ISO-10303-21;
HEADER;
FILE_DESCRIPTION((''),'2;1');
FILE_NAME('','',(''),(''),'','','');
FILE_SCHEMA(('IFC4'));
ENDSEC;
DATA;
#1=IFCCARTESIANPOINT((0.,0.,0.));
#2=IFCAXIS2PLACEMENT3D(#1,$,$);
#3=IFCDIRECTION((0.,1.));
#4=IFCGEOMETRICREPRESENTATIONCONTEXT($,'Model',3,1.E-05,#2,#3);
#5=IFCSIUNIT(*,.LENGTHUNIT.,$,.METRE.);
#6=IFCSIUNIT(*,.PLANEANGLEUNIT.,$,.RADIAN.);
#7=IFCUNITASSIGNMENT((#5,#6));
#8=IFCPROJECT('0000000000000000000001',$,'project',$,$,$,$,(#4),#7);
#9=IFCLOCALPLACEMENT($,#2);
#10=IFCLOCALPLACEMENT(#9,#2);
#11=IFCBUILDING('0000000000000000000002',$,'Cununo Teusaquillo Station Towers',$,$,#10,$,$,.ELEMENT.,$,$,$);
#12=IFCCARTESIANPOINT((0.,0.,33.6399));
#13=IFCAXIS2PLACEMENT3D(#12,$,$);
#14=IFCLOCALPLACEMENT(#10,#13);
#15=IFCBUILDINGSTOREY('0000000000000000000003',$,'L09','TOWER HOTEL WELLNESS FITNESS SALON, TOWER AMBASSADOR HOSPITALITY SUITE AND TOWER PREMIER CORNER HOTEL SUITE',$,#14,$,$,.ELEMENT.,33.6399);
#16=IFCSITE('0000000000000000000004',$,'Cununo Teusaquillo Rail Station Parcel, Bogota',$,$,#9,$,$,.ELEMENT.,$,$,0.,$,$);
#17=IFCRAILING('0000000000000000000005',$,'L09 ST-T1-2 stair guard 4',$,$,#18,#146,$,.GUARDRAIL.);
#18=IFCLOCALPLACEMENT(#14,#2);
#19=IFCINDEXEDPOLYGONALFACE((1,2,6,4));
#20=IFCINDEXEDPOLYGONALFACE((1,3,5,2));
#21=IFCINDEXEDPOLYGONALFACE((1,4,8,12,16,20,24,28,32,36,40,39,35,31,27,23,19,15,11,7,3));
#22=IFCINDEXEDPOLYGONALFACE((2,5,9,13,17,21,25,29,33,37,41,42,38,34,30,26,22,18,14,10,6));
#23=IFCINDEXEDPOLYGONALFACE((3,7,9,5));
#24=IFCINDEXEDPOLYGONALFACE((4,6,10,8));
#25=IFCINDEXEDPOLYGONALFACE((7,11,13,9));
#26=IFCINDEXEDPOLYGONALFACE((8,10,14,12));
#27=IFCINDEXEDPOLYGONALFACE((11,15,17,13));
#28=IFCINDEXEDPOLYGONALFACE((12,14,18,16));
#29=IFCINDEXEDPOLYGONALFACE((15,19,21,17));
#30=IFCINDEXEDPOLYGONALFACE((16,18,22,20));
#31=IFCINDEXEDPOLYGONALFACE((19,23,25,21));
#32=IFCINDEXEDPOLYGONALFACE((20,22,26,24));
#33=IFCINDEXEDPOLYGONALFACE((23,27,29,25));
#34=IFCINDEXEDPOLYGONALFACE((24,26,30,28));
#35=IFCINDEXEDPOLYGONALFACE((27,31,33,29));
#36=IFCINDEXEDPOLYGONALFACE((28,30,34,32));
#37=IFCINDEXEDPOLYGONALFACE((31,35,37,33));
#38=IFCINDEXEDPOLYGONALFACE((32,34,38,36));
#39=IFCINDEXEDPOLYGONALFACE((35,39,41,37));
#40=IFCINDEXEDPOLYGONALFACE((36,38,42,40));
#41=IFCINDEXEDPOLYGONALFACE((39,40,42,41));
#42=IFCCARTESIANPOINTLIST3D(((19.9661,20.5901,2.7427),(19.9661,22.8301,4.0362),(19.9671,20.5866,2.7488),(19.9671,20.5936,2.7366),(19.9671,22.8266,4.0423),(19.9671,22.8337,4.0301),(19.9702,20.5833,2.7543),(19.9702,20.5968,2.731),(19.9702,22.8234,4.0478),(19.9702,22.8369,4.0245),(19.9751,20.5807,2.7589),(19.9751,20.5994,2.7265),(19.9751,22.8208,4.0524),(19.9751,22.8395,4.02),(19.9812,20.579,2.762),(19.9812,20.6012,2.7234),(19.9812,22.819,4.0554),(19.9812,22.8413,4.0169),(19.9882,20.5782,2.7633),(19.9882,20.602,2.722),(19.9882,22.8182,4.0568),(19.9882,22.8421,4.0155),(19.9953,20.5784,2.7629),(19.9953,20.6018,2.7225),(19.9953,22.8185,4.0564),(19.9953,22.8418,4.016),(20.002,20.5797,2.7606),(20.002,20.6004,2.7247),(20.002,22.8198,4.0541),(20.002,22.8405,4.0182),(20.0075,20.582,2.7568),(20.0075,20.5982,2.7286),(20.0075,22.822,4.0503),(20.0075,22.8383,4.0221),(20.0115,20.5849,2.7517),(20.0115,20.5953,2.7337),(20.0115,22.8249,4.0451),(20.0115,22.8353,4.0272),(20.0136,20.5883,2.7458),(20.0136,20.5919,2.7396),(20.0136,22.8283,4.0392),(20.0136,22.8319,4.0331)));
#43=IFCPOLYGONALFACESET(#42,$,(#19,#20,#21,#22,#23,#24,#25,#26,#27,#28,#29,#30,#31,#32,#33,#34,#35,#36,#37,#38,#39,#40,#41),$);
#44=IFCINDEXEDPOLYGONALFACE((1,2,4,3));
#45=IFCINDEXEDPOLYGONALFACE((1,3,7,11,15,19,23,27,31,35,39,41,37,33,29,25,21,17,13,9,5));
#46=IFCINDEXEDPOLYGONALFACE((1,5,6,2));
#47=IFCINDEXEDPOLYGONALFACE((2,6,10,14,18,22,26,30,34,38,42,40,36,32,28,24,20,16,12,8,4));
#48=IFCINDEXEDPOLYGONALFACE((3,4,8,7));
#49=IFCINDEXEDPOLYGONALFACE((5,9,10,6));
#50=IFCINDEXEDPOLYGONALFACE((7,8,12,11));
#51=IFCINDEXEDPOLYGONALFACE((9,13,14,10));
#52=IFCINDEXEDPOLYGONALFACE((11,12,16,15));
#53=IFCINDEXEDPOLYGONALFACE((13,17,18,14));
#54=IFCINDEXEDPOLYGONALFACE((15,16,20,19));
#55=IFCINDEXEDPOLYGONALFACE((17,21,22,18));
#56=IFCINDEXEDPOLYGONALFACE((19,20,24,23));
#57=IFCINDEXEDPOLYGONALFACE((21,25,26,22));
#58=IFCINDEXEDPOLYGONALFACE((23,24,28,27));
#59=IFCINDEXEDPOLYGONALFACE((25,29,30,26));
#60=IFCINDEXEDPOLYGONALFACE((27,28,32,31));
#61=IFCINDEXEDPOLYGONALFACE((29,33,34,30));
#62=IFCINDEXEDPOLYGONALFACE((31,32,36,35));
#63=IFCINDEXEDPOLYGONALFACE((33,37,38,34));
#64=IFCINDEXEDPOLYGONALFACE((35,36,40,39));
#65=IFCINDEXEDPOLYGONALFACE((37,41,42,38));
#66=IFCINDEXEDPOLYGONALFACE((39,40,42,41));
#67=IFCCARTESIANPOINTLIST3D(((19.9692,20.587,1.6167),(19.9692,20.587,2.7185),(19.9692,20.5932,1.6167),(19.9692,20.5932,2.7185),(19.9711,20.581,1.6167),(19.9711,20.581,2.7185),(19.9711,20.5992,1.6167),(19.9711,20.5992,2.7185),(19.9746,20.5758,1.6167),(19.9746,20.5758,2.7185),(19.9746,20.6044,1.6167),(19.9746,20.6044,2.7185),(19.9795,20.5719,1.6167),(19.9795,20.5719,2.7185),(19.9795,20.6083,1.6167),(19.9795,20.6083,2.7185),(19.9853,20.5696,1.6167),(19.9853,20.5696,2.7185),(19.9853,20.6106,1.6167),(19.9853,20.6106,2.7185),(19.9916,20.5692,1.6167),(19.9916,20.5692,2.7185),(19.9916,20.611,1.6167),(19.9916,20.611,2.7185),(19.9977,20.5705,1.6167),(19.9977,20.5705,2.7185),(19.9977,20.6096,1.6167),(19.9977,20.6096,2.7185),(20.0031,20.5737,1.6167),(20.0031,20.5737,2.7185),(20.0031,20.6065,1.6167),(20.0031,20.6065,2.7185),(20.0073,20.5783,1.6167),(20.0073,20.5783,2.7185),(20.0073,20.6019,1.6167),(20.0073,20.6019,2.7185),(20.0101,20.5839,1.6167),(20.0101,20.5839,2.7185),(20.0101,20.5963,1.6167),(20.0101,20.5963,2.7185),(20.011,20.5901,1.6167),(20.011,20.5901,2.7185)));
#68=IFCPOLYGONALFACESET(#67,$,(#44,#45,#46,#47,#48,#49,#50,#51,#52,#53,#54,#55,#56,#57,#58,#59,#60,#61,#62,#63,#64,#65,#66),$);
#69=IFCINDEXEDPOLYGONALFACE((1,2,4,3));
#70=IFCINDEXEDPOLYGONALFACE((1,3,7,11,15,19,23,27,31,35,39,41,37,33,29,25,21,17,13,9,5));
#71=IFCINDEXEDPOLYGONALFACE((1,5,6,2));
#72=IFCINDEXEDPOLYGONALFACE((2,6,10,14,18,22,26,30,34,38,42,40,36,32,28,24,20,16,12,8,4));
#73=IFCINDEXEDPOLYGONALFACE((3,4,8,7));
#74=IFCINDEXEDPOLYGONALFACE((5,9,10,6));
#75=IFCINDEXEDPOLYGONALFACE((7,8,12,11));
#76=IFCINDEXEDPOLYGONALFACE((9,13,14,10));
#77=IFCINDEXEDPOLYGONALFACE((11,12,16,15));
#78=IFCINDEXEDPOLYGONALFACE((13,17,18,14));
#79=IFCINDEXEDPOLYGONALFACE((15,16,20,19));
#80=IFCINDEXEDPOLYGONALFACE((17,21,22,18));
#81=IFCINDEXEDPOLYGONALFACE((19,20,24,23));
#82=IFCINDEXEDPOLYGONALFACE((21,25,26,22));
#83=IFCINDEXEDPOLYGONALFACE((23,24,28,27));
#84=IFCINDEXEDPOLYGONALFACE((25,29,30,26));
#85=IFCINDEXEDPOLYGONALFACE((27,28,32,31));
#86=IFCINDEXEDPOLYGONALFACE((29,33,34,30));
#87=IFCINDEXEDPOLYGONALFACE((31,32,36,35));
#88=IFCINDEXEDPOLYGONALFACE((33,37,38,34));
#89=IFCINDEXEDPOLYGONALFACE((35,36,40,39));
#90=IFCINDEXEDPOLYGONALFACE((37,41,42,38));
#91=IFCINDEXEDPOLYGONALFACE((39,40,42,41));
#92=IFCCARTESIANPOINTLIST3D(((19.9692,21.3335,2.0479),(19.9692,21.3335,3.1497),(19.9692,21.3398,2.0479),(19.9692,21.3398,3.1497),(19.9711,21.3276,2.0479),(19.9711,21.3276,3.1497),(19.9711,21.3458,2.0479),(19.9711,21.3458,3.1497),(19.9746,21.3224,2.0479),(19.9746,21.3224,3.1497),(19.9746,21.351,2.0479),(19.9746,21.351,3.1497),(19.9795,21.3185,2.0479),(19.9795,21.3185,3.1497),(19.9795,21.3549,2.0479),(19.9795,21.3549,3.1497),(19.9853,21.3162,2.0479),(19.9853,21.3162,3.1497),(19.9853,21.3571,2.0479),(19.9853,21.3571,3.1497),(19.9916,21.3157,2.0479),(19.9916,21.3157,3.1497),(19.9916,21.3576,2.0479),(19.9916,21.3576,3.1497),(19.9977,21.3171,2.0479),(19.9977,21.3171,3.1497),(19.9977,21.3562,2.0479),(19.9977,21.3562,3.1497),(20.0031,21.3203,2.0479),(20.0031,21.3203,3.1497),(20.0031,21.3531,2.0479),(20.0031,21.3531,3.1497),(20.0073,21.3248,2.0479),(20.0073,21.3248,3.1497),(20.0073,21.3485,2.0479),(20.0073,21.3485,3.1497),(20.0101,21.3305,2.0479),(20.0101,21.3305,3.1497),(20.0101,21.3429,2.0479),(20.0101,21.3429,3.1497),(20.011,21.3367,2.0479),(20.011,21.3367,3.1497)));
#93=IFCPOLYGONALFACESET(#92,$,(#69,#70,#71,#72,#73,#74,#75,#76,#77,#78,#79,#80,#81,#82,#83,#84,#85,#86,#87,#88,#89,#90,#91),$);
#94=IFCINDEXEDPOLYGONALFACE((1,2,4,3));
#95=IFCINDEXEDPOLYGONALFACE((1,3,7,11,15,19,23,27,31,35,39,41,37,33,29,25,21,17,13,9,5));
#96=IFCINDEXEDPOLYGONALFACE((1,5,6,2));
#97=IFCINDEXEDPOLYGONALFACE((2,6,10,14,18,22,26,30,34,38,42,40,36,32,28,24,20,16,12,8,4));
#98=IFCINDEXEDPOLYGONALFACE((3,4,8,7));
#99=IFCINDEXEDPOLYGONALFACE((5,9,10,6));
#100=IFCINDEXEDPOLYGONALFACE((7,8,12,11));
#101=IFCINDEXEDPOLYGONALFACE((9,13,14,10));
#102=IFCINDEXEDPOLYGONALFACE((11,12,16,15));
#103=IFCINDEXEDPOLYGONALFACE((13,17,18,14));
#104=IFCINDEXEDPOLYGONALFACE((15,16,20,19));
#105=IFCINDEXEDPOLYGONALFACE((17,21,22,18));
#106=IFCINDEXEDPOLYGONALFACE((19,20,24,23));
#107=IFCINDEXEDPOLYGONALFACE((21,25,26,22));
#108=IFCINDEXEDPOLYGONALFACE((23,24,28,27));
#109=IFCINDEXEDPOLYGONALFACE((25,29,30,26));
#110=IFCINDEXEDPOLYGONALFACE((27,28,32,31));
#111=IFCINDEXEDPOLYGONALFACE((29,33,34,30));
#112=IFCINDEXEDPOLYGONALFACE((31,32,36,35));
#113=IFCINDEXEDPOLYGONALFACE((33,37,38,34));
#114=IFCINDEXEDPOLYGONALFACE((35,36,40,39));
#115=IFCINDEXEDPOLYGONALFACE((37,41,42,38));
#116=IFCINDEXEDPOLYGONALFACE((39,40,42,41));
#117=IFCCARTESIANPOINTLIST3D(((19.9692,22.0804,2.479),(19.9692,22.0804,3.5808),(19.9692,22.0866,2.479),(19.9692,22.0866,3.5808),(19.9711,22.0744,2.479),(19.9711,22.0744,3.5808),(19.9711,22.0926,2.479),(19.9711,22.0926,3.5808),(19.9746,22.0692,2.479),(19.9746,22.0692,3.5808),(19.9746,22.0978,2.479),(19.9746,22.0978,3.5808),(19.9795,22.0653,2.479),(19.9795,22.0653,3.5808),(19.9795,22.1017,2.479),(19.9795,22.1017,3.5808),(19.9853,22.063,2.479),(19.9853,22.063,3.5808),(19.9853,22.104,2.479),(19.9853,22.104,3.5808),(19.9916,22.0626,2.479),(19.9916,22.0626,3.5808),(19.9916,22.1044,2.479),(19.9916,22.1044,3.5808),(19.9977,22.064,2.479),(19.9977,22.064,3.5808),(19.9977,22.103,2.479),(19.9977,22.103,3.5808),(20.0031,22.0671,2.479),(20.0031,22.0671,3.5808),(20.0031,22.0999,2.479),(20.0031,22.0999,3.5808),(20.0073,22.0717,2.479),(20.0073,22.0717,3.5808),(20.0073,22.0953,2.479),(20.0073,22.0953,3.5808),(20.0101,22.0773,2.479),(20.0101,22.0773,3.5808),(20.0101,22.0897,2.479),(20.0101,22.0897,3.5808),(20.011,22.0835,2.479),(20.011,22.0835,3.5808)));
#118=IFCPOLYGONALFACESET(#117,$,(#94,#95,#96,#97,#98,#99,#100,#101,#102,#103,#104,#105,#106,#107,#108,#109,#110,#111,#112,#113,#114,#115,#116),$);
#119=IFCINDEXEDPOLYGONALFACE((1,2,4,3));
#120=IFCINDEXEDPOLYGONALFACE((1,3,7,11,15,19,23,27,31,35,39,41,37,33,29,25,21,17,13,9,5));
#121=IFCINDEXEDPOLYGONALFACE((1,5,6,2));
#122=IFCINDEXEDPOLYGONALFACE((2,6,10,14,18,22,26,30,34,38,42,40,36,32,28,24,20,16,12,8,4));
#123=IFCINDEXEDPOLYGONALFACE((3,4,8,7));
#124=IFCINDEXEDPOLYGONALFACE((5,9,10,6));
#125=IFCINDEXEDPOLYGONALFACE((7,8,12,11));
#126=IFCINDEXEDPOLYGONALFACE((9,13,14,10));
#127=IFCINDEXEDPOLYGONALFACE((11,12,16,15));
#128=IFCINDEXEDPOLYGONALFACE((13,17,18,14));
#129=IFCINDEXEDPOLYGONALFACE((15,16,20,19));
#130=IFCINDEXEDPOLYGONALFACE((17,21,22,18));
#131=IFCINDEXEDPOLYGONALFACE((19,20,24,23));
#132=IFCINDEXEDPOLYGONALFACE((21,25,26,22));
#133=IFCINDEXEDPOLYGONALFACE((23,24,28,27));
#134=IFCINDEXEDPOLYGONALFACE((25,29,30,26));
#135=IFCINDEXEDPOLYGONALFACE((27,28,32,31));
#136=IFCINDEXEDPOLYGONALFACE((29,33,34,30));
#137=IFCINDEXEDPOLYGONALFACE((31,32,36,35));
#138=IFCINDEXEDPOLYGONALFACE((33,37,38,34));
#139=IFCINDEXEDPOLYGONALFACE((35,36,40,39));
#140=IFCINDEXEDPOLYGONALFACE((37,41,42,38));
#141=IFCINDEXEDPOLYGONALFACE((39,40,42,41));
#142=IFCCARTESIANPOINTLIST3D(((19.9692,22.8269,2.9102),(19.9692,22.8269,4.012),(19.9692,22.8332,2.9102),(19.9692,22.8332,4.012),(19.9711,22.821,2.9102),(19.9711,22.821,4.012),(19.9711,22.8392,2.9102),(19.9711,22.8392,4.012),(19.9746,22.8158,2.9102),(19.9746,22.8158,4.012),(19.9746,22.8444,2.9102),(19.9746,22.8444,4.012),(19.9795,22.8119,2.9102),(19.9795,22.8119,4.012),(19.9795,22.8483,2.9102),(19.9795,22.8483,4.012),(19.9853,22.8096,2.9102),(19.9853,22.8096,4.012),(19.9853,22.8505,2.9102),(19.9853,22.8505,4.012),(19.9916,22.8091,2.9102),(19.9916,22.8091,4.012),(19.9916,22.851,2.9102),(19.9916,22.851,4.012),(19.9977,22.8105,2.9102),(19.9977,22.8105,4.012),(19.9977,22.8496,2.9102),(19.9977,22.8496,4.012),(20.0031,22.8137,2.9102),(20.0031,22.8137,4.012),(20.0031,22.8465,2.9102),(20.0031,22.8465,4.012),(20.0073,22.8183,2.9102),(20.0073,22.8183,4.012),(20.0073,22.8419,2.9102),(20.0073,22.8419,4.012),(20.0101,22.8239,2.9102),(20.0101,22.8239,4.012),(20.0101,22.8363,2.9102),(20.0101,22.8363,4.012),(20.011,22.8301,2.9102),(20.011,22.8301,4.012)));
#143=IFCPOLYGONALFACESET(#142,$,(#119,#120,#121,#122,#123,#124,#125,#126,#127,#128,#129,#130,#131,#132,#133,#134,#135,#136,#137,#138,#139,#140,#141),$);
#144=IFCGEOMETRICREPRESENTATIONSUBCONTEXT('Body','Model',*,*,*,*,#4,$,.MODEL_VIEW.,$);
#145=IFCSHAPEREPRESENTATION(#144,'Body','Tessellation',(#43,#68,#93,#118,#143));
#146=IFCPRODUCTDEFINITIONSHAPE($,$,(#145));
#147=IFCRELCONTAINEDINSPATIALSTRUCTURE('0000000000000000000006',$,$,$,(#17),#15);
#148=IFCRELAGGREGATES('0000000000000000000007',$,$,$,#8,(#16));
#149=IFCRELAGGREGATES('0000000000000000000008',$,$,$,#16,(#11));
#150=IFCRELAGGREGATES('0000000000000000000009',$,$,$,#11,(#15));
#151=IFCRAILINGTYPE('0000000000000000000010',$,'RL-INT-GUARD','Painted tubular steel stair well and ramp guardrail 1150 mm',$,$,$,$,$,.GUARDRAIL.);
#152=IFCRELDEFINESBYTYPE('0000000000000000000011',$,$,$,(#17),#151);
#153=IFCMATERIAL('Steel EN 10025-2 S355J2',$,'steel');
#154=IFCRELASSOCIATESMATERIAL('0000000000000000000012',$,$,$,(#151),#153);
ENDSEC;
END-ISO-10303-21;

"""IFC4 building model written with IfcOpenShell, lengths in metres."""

from ifc_helpers import new_model, si_unit, direction, frame, origin, origin_2d, place, context, subcontext, project, spatial, circle, extrude, material, type_object, element, save


model = new_model("IFC4")

# Units and contexts
model_context = context("Model", 3, precision=1e-05, world=origin(), true_north=direction((0.0, 1.0)))
body_context = subcontext(model_context, "Body", "Model", "MODEL_VIEW")
ifc_project = project(units=[si_unit("LENGTHUNIT", "METRE"), si_unit("PLANEANGLEUNIT", "RADIAN")], contexts=[model_context])

# Site, building, storey
site_placement = place(None, origin())
site = spatial("IfcSite", under=ifc_project, at=site_placement, Name="Cununo Teusaquillo Rail Station Parcel, Bogota", CompositionType="ELEMENT", RefElevation=0.0)
building_placement = place(site_placement, origin())
building = spatial("IfcBuilding", under=site, at=building_placement, Name="Cununo Teusaquillo Station Towers", CompositionType="ELEMENT")
storey_placement = place(building_placement, frame((0.0, 0.0, 33.6399)))
storey = spatial("IfcBuildingStorey", under=building, at=storey_placement, Name="L09", Description="TOWER HOTEL WELLNESS FITNESS SALON, TOWER AMBASSADOR HOSPITALITY SUITE AND TOWER PREMIER CORNER HOTEL SUITE", CompositionType="ELEMENT", Elevation=33.6399)

# Railing
ifc_material_1 = material(Name="Steel EN 10025-2 S355J2", Category="steel")
railing_type_1 = type_object("IfcRailingType", Name="RL-INT-GUARD", Description="Painted tubular steel stair well and ramp guardrail 1150 mm", PredefinedType="GUARDRAIL", material=ifc_material_1)
railing_1_placement = place(storey_placement, frame((19.99, 20.5901, 1.6167)))
element("IfcRailing", 1, at=railing_1_placement, inside=storey, type_object=railing_type_1, Name="L09 ST-T1-2 stair guard 4", PredefinedType="GUARDRAIL", context=body_context, shape_type="SweptSolid", body=[
    extrude(circle(Radius=0.0239, at=origin_2d()), frame((0.0, 0.0, 1.126), z_axis=(0.0, 0.865992, 0.500057), x_axis=(-1.0, 0.0, 0.0)), (0.0, 0.0, 1.0), 2.5867),
    extrude(circle(Radius=0.021, at=origin_2d()), origin(), (0.0, 0.0, 1.0), 1.1018),
    extrude(circle(Radius=0.021, at=origin_2d()), frame((0.0, 0.7466, 0.4312)), (0.0, 0.0, 1.0), 1.1018),
    extrude(circle(Radius=0.021, at=origin_2d()), frame((0.0, 1.4934, 0.8623)), (0.0, 0.0, 1.0), 1.1018),
    extrude(circle(Radius=0.021, at=origin_2d()), frame((0.0, 2.24, 1.2935)), (0.0, 0.0, 1.0), 1.1018),
])

save(model, "model.ifc")
